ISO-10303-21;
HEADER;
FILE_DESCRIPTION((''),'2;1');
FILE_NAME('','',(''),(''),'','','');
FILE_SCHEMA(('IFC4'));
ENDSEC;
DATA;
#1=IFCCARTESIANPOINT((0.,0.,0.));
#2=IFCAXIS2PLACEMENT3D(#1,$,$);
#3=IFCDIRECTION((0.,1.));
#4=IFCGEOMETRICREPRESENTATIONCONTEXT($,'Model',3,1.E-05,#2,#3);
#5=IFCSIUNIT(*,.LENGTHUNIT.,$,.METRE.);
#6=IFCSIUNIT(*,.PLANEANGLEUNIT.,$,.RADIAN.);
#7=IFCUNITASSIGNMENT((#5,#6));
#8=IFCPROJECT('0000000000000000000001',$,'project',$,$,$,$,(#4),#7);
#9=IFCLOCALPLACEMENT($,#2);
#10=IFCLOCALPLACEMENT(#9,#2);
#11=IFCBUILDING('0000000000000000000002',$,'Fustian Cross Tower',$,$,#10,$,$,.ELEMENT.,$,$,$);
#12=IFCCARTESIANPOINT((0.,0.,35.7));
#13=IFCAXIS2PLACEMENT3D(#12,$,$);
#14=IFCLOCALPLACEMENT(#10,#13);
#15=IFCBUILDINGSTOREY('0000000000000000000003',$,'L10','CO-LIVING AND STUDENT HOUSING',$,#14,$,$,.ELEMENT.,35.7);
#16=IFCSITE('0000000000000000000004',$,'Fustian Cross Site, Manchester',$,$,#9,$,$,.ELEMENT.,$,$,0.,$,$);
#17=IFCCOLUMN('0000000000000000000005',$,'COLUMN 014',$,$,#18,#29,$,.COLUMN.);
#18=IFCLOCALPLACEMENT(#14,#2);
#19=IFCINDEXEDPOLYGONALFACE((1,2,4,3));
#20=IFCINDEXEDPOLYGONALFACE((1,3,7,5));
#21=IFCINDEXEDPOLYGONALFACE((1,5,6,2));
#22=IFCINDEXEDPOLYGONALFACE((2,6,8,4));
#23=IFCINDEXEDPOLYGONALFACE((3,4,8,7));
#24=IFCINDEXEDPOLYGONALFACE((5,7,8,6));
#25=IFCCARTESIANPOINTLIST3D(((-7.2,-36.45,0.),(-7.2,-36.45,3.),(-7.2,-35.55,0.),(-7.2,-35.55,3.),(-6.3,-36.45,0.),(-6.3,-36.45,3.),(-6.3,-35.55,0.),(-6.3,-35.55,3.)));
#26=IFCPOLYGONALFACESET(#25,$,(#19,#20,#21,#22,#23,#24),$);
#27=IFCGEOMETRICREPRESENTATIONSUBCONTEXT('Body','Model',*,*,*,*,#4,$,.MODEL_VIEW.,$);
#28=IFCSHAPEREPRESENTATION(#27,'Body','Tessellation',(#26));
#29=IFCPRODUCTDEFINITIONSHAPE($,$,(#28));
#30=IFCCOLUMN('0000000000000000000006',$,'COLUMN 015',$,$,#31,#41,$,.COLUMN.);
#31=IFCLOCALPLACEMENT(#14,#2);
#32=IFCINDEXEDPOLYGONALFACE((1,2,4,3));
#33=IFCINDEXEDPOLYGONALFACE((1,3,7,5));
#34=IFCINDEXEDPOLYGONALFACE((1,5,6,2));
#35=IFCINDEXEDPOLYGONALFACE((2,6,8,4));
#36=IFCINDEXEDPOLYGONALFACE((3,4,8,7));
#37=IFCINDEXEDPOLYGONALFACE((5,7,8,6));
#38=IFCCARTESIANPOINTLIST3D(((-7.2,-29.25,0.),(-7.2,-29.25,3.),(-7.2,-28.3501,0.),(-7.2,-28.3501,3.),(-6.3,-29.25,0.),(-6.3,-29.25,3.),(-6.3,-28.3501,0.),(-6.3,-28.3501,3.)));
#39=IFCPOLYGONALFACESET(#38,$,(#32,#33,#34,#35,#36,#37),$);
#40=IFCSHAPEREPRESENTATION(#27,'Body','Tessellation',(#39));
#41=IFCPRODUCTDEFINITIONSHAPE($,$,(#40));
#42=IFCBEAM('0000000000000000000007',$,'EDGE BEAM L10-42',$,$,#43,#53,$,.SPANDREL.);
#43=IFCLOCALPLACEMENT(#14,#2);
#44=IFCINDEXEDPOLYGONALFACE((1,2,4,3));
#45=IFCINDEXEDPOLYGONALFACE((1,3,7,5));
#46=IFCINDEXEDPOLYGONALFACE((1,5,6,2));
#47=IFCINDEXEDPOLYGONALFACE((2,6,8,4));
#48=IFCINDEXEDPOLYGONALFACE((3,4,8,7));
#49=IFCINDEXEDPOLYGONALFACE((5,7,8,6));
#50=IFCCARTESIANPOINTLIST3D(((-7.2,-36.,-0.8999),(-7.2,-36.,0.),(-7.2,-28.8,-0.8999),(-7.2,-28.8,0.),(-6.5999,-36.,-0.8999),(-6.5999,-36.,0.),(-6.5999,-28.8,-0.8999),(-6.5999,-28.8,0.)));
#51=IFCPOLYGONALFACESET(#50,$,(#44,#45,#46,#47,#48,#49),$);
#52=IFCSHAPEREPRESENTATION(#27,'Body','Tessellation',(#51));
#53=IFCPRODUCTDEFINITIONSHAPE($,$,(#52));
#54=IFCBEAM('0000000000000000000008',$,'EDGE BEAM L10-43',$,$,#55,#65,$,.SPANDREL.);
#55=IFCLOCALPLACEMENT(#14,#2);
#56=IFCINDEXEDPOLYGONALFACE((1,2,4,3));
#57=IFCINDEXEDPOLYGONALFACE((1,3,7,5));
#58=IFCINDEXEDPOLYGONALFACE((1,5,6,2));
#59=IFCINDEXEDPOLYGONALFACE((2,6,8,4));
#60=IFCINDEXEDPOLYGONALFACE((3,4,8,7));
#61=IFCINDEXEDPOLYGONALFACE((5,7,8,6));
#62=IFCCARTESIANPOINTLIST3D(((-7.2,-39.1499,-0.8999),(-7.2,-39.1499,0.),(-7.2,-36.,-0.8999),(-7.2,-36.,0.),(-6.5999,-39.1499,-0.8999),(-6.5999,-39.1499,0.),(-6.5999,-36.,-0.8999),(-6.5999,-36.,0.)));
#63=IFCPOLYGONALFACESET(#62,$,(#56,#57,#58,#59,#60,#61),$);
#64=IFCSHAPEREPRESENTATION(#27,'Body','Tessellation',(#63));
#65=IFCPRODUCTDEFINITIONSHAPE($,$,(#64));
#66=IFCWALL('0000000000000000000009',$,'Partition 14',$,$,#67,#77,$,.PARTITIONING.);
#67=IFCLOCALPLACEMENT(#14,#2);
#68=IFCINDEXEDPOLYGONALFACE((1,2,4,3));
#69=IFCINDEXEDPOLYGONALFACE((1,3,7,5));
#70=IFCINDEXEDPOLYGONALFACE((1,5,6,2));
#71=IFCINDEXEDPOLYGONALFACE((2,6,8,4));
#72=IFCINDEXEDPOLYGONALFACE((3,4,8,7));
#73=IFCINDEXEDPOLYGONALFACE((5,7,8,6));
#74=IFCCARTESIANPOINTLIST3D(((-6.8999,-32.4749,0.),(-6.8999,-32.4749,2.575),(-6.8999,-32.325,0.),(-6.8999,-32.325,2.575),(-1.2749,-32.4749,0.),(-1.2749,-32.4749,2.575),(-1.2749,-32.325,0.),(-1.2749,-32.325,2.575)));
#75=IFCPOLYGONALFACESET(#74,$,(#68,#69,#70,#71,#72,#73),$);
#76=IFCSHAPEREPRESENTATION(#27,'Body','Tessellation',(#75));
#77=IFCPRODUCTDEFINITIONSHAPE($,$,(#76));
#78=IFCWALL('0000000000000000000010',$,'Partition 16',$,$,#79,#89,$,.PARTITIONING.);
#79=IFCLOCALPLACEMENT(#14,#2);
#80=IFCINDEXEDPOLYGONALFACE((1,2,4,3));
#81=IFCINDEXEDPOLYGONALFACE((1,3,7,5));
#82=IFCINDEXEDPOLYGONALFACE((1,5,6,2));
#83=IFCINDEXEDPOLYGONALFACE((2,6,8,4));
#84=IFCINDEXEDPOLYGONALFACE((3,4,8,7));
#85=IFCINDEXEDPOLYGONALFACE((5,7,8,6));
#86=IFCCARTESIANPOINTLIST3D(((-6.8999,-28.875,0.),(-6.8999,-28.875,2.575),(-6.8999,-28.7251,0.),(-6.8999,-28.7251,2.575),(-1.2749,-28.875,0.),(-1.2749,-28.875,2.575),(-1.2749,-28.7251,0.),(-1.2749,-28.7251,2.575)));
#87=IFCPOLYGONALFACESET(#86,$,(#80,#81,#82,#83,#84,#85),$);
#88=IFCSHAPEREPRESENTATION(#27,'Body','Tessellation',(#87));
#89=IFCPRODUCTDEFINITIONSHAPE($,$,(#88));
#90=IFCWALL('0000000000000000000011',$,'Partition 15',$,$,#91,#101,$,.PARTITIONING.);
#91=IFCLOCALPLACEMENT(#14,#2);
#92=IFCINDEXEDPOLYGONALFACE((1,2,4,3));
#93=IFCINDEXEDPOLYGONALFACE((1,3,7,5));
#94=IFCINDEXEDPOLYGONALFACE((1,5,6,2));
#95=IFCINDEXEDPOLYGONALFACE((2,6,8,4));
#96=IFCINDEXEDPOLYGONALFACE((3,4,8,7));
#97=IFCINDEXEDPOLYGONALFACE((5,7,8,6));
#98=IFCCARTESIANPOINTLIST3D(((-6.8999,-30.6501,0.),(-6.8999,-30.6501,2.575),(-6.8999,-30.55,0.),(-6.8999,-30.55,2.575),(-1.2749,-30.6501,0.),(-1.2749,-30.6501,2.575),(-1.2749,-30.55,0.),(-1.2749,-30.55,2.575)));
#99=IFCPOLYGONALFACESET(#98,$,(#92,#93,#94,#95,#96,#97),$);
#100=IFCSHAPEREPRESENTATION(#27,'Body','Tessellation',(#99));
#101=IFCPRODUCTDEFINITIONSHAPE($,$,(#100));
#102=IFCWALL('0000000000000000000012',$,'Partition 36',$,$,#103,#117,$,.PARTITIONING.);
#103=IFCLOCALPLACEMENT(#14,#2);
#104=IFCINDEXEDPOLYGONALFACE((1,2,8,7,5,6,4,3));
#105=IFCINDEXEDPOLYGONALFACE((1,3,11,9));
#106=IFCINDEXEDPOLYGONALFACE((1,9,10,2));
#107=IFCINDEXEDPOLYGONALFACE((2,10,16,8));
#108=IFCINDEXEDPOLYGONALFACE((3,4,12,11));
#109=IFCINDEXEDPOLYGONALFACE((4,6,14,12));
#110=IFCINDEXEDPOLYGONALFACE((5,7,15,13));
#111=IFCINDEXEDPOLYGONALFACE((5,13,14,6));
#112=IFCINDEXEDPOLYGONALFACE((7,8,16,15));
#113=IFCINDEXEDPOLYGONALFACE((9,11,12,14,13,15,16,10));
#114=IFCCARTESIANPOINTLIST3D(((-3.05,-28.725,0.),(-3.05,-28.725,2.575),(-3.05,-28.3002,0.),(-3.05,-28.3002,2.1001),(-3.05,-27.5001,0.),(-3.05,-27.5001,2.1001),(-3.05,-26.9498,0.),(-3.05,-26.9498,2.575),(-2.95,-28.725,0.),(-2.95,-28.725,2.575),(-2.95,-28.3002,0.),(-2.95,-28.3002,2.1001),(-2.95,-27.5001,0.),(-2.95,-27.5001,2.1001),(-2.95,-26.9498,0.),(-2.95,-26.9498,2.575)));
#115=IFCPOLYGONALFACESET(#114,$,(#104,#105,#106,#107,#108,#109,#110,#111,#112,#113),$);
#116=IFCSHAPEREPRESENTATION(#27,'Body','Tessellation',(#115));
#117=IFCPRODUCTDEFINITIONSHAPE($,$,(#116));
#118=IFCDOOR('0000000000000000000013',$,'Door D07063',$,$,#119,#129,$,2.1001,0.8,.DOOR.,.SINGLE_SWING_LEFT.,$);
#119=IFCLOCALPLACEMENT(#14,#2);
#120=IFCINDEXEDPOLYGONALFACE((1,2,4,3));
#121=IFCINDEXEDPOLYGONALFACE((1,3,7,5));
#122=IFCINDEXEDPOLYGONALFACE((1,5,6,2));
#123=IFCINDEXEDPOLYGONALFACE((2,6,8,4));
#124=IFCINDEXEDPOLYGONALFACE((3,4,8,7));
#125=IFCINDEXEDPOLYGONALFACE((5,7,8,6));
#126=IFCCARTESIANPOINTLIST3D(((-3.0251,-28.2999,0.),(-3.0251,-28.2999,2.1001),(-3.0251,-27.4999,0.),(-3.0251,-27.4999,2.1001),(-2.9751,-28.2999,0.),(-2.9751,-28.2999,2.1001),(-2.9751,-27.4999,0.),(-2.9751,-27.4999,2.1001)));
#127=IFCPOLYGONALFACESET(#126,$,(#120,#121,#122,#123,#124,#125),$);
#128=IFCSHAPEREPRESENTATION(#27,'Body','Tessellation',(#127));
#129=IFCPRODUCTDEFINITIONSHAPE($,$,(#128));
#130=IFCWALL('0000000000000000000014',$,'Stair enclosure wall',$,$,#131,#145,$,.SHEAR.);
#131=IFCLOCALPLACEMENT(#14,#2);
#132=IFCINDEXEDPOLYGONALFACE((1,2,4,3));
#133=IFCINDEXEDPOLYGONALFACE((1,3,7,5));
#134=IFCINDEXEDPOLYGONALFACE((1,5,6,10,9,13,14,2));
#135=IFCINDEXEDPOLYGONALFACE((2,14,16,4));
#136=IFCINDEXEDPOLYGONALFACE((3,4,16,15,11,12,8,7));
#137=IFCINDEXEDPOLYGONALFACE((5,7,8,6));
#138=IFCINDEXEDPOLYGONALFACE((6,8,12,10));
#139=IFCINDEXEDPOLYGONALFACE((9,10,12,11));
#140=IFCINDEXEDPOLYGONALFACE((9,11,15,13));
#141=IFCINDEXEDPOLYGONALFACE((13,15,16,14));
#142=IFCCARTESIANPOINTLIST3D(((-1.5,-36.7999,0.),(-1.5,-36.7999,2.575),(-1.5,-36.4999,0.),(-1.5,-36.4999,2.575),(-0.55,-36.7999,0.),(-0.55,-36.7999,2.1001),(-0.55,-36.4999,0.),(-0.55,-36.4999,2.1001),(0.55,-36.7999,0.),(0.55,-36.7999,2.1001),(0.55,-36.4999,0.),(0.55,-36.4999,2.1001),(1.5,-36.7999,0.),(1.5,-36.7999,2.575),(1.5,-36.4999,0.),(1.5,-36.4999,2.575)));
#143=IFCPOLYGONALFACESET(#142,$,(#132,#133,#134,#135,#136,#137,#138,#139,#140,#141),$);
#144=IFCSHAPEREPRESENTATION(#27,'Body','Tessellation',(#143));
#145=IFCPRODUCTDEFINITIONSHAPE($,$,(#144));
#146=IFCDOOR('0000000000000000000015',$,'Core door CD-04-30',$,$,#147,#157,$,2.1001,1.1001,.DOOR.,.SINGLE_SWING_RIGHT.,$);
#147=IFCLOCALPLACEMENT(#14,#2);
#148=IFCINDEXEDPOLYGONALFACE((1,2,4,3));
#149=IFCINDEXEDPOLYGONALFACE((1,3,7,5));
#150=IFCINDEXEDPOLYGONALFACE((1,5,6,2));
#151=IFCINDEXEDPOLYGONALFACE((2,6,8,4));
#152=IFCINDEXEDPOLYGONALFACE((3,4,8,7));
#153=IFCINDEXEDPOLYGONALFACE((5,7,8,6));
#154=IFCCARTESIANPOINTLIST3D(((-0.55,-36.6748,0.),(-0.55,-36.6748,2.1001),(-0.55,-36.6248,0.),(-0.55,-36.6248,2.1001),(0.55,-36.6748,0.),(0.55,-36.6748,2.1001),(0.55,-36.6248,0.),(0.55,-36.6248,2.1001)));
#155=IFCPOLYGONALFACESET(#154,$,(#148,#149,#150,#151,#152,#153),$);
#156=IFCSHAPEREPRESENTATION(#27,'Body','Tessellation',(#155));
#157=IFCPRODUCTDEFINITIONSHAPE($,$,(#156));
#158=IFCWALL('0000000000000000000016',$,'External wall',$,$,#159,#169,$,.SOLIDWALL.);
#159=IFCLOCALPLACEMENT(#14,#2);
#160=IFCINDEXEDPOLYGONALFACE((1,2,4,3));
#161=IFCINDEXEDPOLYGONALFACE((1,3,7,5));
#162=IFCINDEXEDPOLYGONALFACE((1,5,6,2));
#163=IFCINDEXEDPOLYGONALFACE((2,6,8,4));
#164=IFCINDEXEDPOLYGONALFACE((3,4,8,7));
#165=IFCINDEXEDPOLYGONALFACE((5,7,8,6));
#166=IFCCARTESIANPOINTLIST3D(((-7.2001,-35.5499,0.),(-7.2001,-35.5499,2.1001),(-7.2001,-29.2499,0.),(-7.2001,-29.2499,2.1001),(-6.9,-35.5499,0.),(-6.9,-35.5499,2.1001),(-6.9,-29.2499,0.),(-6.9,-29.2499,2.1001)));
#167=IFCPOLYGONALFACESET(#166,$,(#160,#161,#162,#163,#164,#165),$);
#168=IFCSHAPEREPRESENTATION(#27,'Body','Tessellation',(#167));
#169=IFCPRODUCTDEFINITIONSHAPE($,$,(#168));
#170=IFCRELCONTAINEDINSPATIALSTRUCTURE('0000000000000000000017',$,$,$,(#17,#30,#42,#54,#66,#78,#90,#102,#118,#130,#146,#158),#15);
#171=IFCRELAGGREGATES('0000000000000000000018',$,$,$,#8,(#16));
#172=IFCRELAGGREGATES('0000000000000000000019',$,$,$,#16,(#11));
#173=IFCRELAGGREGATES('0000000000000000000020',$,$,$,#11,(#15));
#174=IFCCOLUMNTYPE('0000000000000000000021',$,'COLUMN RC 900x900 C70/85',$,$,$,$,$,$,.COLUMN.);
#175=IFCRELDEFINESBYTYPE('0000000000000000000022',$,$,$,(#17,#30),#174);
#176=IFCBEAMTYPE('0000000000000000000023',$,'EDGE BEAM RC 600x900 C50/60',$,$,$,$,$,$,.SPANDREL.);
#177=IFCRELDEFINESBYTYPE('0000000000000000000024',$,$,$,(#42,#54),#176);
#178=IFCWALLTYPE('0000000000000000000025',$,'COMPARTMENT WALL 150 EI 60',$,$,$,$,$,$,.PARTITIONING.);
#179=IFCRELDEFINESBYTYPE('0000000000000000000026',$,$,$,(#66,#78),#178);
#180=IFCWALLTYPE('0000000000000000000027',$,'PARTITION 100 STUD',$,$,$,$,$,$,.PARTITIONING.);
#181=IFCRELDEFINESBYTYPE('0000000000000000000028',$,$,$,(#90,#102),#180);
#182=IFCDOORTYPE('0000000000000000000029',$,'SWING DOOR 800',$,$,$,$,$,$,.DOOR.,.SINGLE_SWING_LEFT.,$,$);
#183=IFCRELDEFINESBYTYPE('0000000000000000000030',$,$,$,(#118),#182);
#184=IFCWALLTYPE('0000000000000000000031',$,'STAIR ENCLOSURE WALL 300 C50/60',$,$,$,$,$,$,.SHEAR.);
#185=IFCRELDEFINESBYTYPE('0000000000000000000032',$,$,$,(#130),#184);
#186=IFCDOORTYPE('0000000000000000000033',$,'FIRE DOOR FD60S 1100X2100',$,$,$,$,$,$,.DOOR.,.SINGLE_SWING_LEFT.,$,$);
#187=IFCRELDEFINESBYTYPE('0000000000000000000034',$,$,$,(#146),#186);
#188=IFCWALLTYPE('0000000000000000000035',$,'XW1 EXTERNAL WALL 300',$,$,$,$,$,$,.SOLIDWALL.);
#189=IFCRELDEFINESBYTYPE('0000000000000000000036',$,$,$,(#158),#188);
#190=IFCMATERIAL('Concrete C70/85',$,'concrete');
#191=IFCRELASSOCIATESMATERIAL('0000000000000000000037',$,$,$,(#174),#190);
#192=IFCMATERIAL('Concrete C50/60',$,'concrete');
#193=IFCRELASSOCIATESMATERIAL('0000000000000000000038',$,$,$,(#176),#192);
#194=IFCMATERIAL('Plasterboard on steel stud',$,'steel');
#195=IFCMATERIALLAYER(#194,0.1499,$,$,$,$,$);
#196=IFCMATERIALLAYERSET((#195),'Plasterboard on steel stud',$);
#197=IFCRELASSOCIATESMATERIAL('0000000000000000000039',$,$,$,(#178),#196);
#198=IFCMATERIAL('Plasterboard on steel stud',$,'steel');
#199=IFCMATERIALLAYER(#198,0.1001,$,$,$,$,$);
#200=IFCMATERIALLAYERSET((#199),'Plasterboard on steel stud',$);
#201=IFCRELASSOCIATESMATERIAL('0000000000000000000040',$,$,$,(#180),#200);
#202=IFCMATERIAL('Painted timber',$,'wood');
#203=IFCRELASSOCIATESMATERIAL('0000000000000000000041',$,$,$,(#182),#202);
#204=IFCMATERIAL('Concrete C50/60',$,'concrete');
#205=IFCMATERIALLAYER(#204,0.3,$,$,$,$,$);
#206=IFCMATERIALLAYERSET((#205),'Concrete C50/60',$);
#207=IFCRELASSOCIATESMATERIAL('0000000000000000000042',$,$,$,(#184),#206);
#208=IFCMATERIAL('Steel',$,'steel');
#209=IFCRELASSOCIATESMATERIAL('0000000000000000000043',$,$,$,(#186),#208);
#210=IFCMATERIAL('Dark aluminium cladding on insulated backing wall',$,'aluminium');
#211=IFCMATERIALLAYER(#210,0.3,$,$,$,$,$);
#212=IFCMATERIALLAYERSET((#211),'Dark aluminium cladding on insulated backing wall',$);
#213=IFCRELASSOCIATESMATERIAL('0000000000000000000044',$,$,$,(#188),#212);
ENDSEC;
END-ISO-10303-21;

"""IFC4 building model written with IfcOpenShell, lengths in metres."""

from ifc_helpers import new_model, si_unit, direction, frame, frame_2d, origin, origin_2d, place, context, subcontext, project, spatial, rectangle, extrude, material, layer, layer_set, material_profile, profile_set, type_object, element, fill, save


model = new_model("IFC4")

# Units and contexts
model_context = context("Model", 3, precision=1e-05, world=origin(), true_north=direction((0.0, 1.0)))
body_context = subcontext(model_context, "Body", "Model", "MODEL_VIEW")
ifc_project = project(units=[si_unit("LENGTHUNIT", "METRE"), si_unit("PLANEANGLEUNIT", "RADIAN")], contexts=[model_context])

# Site, building, storey
site_placement = place(None, origin())
site = spatial("IfcSite", under=ifc_project, at=site_placement, Name="Fustian Cross Site, Manchester", CompositionType="ELEMENT", RefElevation=0.0)
building_placement = place(site_placement, origin())
building = spatial("IfcBuilding", under=site, at=building_placement, Name="Fustian Cross Tower", CompositionType="ELEMENT")
storey_placement = place(building_placement, frame((0.0, 0.0, 35.7)))
storey = spatial("IfcBuildingStorey", under=building, at=storey_placement, Name="L10", Description="CO-LIVING AND STUDENT HOUSING", CompositionType="ELEMENT", Elevation=35.7)

# Columns
ifc_material_1 = material(Name="Concrete C70/85", Category="concrete")
ifc_material_profile_1 = material_profile(ifc_material_1, rectangle(XDim=0.8999, YDim=0.8999, at=origin_2d()), Name="RC 900x900")
ifc_profile_set_1 = profile_set([ifc_material_profile_1], Name="Concrete C70/85")
column_type = type_object("IfcColumnType", Name="COLUMN RC 900x900 C70/85", PredefinedType="COLUMN", material=ifc_profile_set_1)
for number, where, z_axis, x_axis, name in (
    (1, (-6.75, -36.0, 0.0), (0.0, 0.0, 1.0), (1.0, 0.0, 0.0), "COLUMN 014"),
    (2, (-6.75, -28.8, 0.0), (0.0, 0.0, 1.0), (1.0, 0.0, 0.0), "COLUMN 015"),
):
    element("IfcColumn", number, at=place(storey_placement, frame(where, z_axis=z_axis, x_axis=x_axis)), inside=storey, type_object=column_type, Name=name, PredefinedType="COLUMN", context=body_context, shape_type="SweptSolid", body=[
        extrude(rectangle(XDim=0.8999, YDim=0.8999, at=origin_2d()), origin(), (0.0, 0.0, 1.0), 3.0),
    ])

# Beams
ifc_material_2 = material(Name="Concrete C50/60", Category="concrete")
ifc_material_profile_2 = material_profile(ifc_material_2, rectangle(XDim=0.6001, YDim=0.8999, at=origin_2d()), Name="RC 600x900")
ifc_profile_set_2 = profile_set([ifc_material_profile_2], Name="Concrete C50/60")
beam_type = type_object("IfcBeamType", Name="EDGE BEAM RC 600x900 C50/60", PredefinedType="SPANDREL", material=ifc_profile_set_2)
beam_1_placement = place(storey_placement, frame((-6.8999, -28.8, -0.45), z_axis=(0.0, -1.0, 0.0), x_axis=(1.0, 0.0, 0.0)))
element("IfcBeam", 3, at=beam_1_placement, inside=storey, type_object=beam_type, Name="EDGE BEAM L10-42", PredefinedType="SPANDREL", context=body_context, shape_type="SweptSolid", body=[
    extrude(rectangle(XDim=0.6001, YDim=0.8999, at=origin_2d()), origin(), (0.0, 0.0, 1.0), 7.2),
])
beam_2_placement = place(storey_placement, frame((-6.8999, -36.0, -0.45), z_axis=(0.0, -1.0, 0.0), x_axis=(1.0, 0.0, 0.0)))
element("IfcBeam", 4, at=beam_2_placement, inside=storey, type_object=beam_type, Name="EDGE BEAM L10-43", PredefinedType="SPANDREL", context=body_context, shape_type="SweptSolid", body=[
    extrude(rectangle(XDim=0.6001, YDim=0.8999, at=origin_2d()), origin(), (0.0, 0.0, 1.0), 3.1499),
])

# Walls
ifc_material_3 = material(Name="Plasterboard on steel stud", Category="steel")
ifc_layer_1 = layer(ifc_material_3, 0.1499)
ifc_layer_set_1 = layer_set([ifc_layer_1], Name="Plasterboard on steel stud")
wall_type_1 = type_object("IfcWallType", Name="COMPARTMENT WALL 150 EI 60", PredefinedType="PARTITIONING", material=ifc_layer_set_1)
for number, where, z_axis, x_axis, name in (
    (5, (-6.8999, -32.3999, 0.0), (0.0, 0.0, 1.0), (1.0, 0.0, 0.0), "Partition 14"),
    (6, (-6.8999, -28.8, 0.0), (0.0, 0.0, 1.0), (1.0, 0.0, 0.0), "Partition 16"),
):
    element("IfcWall", number, at=place(storey_placement, frame(where, z_axis=z_axis, x_axis=x_axis)), inside=storey, type_object=wall_type_1, Name=name, PredefinedType="PARTITIONING", context=body_context, shape_type="SweptSolid", body=[
        extrude(rectangle(XDim=5.625, YDim=0.1499, at=frame_2d((2.8125, 0.0))), origin(), (0.0, 0.0, 1.0), 2.575),
    ])

# Wall
ifc_material_4 = material(Name="Plasterboard on steel stud", Category="steel")
ifc_layer_2 = layer(ifc_material_4, 0.1001)
ifc_layer_set_2 = layer_set([ifc_layer_2], Name="Plasterboard on steel stud")
wall_type_2 = type_object("IfcWallType", Name="PARTITION 100 STUD", PredefinedType="PARTITIONING", material=ifc_layer_set_2)
wall_1_placement = place(storey_placement, frame((-6.8999, -30.6001, 0.0), z_axis=(0.0, 0.0, 1.0), x_axis=(1.0, 0.0, 0.0)))
element("IfcWall", 7, at=wall_1_placement, inside=storey, type_object=wall_type_2, Name="Partition 15", PredefinedType="PARTITIONING", context=body_context, shape_type="SweptSolid", body=[
    extrude(rectangle(XDim=5.625, YDim=0.1001, at=frame_2d((2.8125, 0.0))), origin(), (0.0, 0.0, 1.0), 2.575),
])

# Walls, openings, doors
wall_2_placement = place(storey_placement, frame((-3.0, -28.7251, 0.0), z_axis=(0.0, 0.0, 1.0), x_axis=(0.0, 1.0, 0.0)))
wall_2 = element("IfcWall", 8, at=wall_2_placement, inside=storey, type_object=wall_type_2, Name="Partition 36", PredefinedType="PARTITIONING", context=body_context, shape_type="SweptSolid", body=[
    extrude(rectangle(XDim=1.7751, YDim=0.1001, at=frame_2d((0.8877, 0.0))), origin(), (0.0, 0.0, 1.0), 2.575),
])
opening_1_placement = place(wall_2_placement, frame((0.425, 0.0, 0.0)))
opening_1 = element("IfcOpeningElement", 9, at=opening_1_placement, cuts=wall_2, PredefinedType="OPENING", context=body_context, shape_type="SweptSolid", body=[
    extrude(rectangle(XDim=0.8, YDim=2.1001, at=frame_2d((0.3999, 1.05))), frame((0.0, 0.0601, 0.0), z_axis=(0.0, -1.0, 0.0), x_axis=(1.0, 0.0, 0.0)), (0.0, 0.0, 1.0), 0.1201),
])
ifc_material_5 = material(Name="Painted timber", Category="wood")
door_type_1 = type_object("IfcDoorType", Name="SWING DOOR 800", OperationType="SINGLE_SWING_LEFT", PredefinedType="DOOR", material=ifc_material_5)
door_1_placement = place(opening_1_placement, frame((0.8, 0.0, 0.0), z_axis=(0.0, 0.0, 1.0), x_axis=(-1.0, 0.0, 0.0)))
door_1 = element("IfcDoor", 10, at=door_1_placement, inside=storey, type_object=door_type_1, Name="Door D07063", OperationType="SINGLE_SWING_LEFT", OverallHeight=2.1001, OverallWidth=0.8, PredefinedType="DOOR", context=body_context, shape_type="SweptSolid", body=[
    extrude(rectangle(XDim=0.8, YDim=2.1001, at=frame_2d((0.3999, 1.05))), frame((0.0, 0.0249, 0.0), z_axis=(0.0, -1.0, 0.0), x_axis=(1.0, 0.0, 0.0)), (0.0, 0.0, 1.0), 0.05),
])
fill(opening_1, door_1)
ifc_material_6 = material(Name="Concrete C50/60", Category="concrete")
ifc_layer_3 = layer(ifc_material_6, 0.3)
ifc_layer_set_3 = layer_set([ifc_layer_3], Name="Concrete C50/60")
wall_type_3 = type_object("IfcWallType", Name="STAIR ENCLOSURE WALL 300 C50/60", PredefinedType="SHEAR", material=ifc_layer_set_3)
wall_3_placement = place(storey_placement, frame((-1.5, -36.6499, 0.0), z_axis=(0.0, 0.0, 1.0), x_axis=(1.0, 0.0, 0.0)))
wall_3 = element("IfcWall", 11, at=wall_3_placement, inside=storey, type_object=wall_type_3, Name="Stair enclosure wall", PredefinedType="SHEAR", context=body_context, shape_type="SweptSolid", body=[
    extrude(rectangle(XDim=3.0, YDim=0.3, at=frame_2d((1.5, 0.0))), origin(), (0.0, 0.0, 1.0), 2.575),
])
opening_2_placement = place(wall_3_placement, frame((0.95, 0.0, 0.0)))
opening_2 = element("IfcOpeningElement", 12, at=opening_2_placement, cuts=wall_3, PredefinedType="OPENING", context=body_context, shape_type="SweptSolid", body=[
    extrude(rectangle(XDim=1.1001, YDim=2.1001, at=frame_2d((0.55, 1.05))), frame((0.0, 0.1599, 0.0), z_axis=(0.0, -1.0, 0.0), x_axis=(1.0, 0.0, 0.0)), (0.0, 0.0, 1.0), 0.3201),
])
ifc_material_7 = material(Name="Steel", Category="steel")
door_type_2 = type_object("IfcDoorType", Name="FIRE DOOR FD60S 1100X2100", OperationType="SINGLE_SWING_LEFT", PredefinedType="DOOR", material=ifc_material_7)
door_2_placement = place(opening_2_placement, frame((1.1001, 0.0, 0.0), z_axis=(0.0, 0.0, 1.0), x_axis=(-1.0, 0.0, 0.0)))
door_2 = element("IfcDoor", 13, at=door_2_placement, inside=storey, type_object=door_type_2, Name="Core door CD-04-30", OperationType="SINGLE_SWING_RIGHT", OverallHeight=2.1001, OverallWidth=1.1001, PredefinedType="DOOR", context=body_context, shape_type="SweptSolid", body=[
    extrude(rectangle(XDim=1.1001, YDim=2.1001, at=frame_2d((0.55, 1.05))), frame((0.0, 0.0249, 0.0), z_axis=(0.0, -1.0, 0.0), x_axis=(1.0, 0.0, 0.0)), (0.0, 0.0, 1.0), 0.05),
])
fill(opening_2, door_2)

# Wall
ifc_material_8 = material(Name="Dark aluminium cladding on insulated backing wall", Category="aluminium")
ifc_layer_4 = layer(ifc_material_8, 0.3)
ifc_layer_set_4 = layer_set([ifc_layer_4], Name="Dark aluminium cladding on insulated backing wall")
wall_type_4 = type_object("IfcWallType", Name="XW1 EXTERNAL WALL 300", PredefinedType="SOLIDWALL", material=ifc_layer_set_4)
wall_4_placement = place(storey_placement, frame((-7.05, -29.25, 0.0), z_axis=(0.0, 0.0, 1.0), x_axis=(0.0, -1.0, 0.0)))
element("IfcWall", 14, at=wall_4_placement, inside=storey, type_object=wall_type_4, Name="External wall", PredefinedType="SOLIDWALL", context=body_context, shape_type="SweptSolid", body=[
    extrude(rectangle(XDim=6.3, YDim=0.3, at=frame_2d((3.1499, 0.0))), origin(), (0.0, 0.0, 1.0), 2.1001),
])

save(model, "model.ifc")
